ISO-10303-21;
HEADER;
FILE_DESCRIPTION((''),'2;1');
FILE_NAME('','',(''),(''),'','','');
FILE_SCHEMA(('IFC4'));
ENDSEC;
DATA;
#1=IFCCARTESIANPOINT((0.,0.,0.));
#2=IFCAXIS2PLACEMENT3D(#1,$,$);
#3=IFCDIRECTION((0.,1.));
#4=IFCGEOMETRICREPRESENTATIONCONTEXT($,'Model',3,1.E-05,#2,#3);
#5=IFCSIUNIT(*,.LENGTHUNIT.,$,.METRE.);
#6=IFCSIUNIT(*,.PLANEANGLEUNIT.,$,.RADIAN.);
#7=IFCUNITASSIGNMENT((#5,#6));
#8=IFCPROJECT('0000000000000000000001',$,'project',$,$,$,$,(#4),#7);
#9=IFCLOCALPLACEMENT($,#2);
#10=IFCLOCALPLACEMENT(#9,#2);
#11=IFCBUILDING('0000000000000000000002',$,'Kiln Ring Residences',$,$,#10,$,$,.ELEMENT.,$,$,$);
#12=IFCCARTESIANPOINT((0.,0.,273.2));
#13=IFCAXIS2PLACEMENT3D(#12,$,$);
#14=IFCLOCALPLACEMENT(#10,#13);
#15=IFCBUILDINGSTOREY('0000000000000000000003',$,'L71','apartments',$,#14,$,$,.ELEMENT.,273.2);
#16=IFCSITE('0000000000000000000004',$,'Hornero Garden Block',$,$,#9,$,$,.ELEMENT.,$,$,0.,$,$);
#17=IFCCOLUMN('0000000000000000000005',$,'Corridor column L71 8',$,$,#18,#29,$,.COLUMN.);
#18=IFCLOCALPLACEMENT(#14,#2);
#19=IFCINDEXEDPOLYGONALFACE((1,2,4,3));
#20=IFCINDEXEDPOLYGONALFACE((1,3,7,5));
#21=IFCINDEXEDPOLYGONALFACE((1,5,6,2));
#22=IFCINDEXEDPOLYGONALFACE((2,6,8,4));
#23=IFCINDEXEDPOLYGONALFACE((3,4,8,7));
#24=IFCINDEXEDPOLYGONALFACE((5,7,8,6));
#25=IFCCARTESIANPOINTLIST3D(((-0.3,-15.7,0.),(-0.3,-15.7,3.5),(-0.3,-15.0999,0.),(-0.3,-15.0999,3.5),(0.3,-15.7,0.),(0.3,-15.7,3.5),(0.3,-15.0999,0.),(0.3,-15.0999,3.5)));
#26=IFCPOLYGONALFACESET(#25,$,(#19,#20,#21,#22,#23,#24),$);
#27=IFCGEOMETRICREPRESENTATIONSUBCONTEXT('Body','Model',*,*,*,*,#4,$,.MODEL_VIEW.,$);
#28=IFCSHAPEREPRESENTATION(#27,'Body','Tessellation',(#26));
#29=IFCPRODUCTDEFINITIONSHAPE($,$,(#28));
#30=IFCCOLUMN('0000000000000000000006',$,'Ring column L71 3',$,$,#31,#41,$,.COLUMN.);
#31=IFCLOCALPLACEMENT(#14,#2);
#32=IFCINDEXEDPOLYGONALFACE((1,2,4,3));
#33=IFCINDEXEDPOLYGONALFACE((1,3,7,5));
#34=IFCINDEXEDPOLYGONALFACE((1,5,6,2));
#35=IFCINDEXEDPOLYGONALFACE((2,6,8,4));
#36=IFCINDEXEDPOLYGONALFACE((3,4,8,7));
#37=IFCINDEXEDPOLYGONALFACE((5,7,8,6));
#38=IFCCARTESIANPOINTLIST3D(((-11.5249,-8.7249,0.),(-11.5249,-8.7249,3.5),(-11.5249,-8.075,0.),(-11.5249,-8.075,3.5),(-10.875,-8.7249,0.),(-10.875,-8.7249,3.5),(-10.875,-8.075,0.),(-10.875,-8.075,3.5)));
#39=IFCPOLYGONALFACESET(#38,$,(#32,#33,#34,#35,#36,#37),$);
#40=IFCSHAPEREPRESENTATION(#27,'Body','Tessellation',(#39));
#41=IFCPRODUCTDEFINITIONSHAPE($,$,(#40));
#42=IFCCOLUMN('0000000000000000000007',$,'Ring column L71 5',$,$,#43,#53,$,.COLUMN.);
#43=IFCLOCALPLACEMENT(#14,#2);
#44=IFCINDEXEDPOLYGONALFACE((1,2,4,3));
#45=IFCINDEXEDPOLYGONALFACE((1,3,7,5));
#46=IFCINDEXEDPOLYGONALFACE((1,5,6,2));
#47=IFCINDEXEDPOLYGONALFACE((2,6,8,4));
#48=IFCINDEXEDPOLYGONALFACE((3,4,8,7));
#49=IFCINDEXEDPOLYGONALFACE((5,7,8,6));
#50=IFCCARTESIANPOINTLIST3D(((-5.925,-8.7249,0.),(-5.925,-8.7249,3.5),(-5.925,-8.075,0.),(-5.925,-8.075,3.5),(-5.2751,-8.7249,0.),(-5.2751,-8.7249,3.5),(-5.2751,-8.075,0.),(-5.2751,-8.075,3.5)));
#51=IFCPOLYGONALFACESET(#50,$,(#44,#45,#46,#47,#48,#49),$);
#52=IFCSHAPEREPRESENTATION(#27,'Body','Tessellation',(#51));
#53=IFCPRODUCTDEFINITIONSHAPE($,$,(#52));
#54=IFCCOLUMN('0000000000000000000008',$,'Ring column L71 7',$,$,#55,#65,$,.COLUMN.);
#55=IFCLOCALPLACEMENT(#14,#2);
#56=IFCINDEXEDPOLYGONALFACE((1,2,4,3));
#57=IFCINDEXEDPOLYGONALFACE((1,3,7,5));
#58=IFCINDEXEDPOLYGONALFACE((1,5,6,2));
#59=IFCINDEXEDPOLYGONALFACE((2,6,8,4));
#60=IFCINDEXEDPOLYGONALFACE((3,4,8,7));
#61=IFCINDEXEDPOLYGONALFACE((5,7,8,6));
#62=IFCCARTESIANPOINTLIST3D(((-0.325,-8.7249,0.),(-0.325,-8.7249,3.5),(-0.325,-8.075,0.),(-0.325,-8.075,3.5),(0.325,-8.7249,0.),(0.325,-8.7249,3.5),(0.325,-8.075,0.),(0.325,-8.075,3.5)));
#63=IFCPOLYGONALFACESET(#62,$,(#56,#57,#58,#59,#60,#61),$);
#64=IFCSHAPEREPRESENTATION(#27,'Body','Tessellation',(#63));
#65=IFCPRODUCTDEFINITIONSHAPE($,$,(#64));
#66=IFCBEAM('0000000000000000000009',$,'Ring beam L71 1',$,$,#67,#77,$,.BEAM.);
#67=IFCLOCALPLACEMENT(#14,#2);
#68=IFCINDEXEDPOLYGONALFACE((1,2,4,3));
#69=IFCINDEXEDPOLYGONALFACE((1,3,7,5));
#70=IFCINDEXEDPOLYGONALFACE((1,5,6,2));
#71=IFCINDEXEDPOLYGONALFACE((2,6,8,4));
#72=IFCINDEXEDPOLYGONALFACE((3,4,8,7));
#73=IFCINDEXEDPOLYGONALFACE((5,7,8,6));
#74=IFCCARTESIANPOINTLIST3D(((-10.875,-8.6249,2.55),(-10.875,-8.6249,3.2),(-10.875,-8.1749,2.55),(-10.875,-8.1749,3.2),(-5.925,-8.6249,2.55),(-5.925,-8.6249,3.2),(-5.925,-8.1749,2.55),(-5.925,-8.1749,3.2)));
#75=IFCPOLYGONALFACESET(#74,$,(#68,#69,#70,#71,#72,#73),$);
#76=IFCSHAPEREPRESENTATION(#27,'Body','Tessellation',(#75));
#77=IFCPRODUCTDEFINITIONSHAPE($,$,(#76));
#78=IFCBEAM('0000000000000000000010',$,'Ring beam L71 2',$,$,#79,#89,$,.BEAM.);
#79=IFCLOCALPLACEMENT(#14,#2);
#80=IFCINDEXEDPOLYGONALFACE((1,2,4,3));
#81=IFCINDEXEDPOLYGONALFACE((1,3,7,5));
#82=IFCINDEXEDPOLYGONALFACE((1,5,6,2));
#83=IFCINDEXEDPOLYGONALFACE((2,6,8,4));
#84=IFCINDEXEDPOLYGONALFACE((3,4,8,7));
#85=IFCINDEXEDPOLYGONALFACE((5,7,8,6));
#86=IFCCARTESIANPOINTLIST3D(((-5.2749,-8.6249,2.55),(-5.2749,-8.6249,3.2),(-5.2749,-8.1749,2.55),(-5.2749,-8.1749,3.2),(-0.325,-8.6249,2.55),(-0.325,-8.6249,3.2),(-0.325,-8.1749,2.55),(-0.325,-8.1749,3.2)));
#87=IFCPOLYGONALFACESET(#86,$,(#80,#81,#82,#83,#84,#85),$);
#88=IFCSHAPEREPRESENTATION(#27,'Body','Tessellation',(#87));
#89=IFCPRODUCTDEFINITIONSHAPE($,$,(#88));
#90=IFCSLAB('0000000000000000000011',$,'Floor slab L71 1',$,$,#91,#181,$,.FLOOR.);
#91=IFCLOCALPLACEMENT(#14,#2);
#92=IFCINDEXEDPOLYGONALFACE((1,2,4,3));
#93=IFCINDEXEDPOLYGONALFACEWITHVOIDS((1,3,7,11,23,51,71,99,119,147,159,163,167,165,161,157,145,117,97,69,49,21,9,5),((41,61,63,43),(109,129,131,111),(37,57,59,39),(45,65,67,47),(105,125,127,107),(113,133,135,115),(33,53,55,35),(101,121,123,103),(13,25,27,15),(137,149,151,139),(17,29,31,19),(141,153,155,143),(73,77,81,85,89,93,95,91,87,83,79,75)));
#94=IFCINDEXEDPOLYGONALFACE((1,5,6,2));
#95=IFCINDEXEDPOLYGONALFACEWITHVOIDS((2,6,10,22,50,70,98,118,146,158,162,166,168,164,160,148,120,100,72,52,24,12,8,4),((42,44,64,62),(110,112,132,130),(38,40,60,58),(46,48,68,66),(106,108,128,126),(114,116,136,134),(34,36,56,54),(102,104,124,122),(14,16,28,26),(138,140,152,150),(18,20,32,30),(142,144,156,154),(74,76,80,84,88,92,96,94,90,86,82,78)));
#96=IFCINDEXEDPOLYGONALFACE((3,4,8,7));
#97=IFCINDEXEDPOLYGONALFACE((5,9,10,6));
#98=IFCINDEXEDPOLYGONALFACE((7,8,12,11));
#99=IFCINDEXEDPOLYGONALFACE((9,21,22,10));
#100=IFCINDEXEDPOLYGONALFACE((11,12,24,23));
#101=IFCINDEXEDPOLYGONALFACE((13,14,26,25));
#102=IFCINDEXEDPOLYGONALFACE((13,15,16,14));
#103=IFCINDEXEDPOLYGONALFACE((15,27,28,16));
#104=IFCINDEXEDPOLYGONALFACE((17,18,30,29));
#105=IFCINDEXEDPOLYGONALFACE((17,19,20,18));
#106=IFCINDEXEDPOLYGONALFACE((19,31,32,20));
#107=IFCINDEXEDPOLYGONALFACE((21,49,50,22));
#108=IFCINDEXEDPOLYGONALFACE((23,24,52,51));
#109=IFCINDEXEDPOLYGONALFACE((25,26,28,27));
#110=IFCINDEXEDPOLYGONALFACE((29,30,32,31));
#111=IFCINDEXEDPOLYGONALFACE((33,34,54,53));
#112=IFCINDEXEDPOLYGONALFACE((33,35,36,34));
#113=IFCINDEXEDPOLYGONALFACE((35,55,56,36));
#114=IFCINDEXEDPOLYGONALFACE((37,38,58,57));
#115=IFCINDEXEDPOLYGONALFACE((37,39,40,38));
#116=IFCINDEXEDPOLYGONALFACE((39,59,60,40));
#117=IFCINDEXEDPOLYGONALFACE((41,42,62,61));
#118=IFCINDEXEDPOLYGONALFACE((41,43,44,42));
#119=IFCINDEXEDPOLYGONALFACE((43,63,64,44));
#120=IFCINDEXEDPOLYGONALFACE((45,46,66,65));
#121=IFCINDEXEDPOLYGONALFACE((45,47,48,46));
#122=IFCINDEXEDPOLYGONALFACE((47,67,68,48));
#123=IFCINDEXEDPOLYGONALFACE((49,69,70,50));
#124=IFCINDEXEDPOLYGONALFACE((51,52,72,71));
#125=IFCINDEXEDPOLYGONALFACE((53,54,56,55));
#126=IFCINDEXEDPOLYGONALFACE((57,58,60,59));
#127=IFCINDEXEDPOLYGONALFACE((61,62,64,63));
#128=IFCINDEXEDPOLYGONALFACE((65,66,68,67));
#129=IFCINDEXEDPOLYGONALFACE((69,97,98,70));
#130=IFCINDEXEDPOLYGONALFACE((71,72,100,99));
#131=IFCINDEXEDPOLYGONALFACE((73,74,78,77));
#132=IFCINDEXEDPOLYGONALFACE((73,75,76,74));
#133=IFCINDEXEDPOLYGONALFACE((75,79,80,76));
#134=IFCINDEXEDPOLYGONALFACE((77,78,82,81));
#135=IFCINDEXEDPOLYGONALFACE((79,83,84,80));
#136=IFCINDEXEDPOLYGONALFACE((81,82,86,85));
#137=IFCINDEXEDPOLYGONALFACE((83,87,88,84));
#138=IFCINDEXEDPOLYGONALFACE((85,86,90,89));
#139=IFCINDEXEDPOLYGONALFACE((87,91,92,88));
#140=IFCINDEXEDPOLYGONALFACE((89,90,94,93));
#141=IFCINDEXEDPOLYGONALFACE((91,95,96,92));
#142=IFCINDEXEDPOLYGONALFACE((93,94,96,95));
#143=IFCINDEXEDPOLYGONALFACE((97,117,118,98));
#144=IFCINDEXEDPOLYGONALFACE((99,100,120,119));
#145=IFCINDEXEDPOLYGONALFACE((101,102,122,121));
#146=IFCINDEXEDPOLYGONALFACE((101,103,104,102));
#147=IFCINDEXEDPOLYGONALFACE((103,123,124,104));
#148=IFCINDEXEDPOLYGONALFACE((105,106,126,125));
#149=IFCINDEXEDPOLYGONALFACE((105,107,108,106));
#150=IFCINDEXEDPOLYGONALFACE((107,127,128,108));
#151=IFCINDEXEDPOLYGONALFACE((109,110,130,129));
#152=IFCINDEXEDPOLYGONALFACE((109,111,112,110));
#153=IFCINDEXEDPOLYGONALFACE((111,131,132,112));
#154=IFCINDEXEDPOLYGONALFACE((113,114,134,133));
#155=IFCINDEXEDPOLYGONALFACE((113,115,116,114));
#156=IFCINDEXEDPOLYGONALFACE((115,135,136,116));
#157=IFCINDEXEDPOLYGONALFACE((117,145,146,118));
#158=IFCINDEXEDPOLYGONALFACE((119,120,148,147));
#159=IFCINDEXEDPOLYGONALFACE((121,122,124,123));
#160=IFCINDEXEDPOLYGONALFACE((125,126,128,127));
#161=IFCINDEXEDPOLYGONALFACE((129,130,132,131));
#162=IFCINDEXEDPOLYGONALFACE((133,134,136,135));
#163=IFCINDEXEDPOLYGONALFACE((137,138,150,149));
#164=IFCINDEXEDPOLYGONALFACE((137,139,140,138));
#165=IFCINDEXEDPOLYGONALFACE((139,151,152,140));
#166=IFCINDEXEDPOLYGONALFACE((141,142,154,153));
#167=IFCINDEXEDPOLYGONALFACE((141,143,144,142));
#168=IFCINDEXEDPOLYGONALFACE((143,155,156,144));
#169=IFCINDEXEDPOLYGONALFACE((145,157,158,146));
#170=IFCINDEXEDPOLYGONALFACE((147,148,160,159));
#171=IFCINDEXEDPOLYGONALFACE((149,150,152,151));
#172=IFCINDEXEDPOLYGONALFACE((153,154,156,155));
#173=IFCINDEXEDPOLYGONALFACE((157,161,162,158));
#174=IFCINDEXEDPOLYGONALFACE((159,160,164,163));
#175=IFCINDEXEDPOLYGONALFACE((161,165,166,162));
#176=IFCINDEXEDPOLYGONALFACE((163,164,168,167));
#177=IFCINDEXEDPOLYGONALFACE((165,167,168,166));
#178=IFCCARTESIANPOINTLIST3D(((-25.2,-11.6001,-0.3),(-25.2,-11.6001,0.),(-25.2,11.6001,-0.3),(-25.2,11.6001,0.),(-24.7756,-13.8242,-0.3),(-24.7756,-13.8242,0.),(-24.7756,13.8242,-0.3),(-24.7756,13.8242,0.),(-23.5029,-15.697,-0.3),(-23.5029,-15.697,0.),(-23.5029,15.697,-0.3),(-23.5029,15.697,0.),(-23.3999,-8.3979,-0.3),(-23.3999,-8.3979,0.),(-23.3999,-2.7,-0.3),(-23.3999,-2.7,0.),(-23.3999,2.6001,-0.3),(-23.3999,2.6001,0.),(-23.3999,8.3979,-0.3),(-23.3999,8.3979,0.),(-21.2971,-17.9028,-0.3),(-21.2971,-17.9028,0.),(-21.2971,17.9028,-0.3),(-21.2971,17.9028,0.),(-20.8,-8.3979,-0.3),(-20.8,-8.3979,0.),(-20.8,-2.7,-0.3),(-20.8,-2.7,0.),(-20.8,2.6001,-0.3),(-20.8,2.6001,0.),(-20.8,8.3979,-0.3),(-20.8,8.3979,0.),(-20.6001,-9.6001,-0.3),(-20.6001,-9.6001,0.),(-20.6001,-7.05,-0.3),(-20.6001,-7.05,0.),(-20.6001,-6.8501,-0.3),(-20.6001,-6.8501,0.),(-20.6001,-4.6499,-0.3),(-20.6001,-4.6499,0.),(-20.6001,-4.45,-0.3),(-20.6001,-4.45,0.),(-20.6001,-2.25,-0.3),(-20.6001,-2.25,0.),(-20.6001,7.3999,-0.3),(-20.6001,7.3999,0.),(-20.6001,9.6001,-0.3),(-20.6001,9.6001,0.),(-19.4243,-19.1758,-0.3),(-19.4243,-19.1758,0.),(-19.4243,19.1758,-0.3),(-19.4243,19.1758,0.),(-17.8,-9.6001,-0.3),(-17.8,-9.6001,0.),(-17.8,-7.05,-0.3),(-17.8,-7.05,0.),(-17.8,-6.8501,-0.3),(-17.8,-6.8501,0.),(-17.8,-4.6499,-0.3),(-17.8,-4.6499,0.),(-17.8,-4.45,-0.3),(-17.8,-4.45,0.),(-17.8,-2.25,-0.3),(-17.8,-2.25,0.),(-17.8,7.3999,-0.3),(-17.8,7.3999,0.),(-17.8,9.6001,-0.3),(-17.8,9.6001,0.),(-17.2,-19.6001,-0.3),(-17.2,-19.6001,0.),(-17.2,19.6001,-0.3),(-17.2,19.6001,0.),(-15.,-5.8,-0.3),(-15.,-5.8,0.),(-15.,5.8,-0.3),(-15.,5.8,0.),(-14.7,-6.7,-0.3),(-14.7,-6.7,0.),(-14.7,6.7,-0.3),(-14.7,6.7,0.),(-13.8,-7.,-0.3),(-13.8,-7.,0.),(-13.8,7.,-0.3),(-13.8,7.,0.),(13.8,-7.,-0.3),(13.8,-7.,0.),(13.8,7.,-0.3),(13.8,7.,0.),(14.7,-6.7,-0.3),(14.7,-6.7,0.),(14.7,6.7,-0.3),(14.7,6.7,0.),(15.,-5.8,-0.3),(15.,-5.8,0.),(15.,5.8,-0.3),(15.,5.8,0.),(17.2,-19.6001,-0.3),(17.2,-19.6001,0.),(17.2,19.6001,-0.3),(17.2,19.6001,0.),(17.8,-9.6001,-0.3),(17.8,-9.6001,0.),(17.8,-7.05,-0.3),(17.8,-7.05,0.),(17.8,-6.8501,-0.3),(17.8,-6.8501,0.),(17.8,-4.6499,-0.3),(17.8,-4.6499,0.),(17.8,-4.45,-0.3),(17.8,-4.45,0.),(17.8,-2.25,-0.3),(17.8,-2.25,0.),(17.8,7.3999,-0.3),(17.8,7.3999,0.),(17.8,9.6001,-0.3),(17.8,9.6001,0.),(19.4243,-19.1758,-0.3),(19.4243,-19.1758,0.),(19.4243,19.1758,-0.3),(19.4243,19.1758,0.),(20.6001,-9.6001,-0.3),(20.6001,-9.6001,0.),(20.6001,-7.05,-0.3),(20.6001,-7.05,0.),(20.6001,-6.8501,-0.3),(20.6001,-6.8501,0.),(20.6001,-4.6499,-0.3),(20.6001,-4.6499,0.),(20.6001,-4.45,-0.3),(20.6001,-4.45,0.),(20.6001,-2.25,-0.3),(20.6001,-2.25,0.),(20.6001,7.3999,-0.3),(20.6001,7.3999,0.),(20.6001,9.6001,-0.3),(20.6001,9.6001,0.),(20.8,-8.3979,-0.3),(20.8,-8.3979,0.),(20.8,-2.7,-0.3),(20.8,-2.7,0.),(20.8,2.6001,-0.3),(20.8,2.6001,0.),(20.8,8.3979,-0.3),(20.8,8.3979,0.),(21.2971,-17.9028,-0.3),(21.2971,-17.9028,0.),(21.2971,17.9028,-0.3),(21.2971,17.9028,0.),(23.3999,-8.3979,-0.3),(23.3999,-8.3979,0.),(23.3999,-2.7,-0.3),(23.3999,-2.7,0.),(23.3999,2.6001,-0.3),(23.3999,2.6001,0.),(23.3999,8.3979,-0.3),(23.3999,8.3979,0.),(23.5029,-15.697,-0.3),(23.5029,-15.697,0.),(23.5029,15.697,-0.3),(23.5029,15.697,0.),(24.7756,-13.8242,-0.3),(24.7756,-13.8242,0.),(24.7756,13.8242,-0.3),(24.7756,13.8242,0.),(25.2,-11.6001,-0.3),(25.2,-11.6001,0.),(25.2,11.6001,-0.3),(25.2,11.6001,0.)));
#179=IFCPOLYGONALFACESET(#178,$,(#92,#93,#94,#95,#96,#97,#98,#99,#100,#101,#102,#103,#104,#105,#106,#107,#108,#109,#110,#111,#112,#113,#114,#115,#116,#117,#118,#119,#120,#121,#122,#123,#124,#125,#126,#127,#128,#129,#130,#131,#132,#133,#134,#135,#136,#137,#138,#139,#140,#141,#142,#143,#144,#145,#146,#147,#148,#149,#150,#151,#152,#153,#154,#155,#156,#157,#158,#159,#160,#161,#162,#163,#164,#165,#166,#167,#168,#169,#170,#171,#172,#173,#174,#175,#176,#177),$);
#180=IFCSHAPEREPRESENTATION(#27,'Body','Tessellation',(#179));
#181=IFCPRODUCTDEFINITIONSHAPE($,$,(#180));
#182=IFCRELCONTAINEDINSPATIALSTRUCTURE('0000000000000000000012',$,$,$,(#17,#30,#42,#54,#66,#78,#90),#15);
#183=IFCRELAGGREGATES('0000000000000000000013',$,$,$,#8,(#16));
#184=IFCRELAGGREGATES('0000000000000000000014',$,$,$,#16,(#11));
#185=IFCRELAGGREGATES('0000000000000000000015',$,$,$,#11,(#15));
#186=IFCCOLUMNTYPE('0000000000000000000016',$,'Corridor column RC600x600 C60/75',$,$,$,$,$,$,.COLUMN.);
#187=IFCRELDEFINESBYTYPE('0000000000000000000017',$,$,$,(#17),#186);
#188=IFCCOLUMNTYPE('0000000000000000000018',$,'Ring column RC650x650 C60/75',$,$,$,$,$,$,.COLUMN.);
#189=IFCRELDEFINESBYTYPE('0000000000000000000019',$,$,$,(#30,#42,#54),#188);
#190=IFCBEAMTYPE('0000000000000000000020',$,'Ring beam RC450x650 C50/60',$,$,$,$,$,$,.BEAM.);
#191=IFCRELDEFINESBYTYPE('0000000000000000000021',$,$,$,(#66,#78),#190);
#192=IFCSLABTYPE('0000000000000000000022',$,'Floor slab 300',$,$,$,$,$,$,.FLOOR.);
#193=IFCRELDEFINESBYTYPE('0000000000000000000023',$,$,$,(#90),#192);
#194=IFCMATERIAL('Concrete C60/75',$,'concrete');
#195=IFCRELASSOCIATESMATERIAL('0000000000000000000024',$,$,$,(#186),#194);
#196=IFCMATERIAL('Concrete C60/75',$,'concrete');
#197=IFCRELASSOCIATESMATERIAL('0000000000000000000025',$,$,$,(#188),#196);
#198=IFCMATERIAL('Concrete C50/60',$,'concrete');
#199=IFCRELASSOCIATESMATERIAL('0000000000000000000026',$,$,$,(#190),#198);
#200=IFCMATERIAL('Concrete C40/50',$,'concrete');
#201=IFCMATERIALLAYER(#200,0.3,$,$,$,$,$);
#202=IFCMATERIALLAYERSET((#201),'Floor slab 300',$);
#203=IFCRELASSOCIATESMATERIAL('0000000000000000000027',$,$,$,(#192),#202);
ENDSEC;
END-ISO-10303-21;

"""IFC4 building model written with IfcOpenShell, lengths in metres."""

from ifc_helpers import new_model, si_unit, direction, frame, origin, origin_2d, place, context, subcontext, project, spatial, polyline, rectangle, outline, extrude, material, layer, layer_set, material_profile, profile_set, type_object, element, save


model = new_model("IFC4")

# Units and contexts
model_context = context("Model", 3, precision=1e-05, world=origin(), true_north=direction((0.0, 1.0)))
body_context = subcontext(model_context, "Body", "Model", "MODEL_VIEW")
ifc_project = project(units=[si_unit("LENGTHUNIT", "METRE"), si_unit("PLANEANGLEUNIT", "RADIAN")], contexts=[model_context])

# Site, building, storey
site_placement = place(None, origin())
site = spatial("IfcSite", under=ifc_project, at=site_placement, Name="Hornero Garden Block", CompositionType="ELEMENT", RefElevation=0.0)
building_placement = place(site_placement, origin())
building = spatial("IfcBuilding", under=site, at=building_placement, Name="Kiln Ring Residences", CompositionType="ELEMENT")
storey_placement = place(building_placement, frame((0.0, 0.0, 273.2)))
storey = spatial("IfcBuildingStorey", under=building, at=storey_placement, Name="L71", Description="apartments", CompositionType="ELEMENT", Elevation=273.2)

# Columns
ifc_material_1 = material(Name="Concrete C60/75", Category="concrete")
ifc_material_profile_1 = material_profile(ifc_material_1, rectangle(XDim=0.6001, YDim=0.6001, at=origin_2d()), Name="RC600x600")
ifc_profile_set_1 = profile_set([ifc_material_profile_1], Name="Concrete C60/75")
column_type_1 = type_object("IfcColumnType", Name="Corridor column RC600x600 C60/75", PredefinedType="COLUMN", material=ifc_profile_set_1)
column_placement = place(storey_placement, frame((0.0, -15.3999, 0.0), z_axis=(0.0, 0.0, 1.0), x_axis=(1.0, 0.0, 0.0)))
element("IfcColumn", 1, at=column_placement, inside=storey, type_object=column_type_1, Name="Corridor column L71 8", PredefinedType="COLUMN", context=body_context, shape_type="SweptSolid", body=[
    extrude(rectangle(XDim=0.6001, YDim=0.6001, at=origin_2d()), origin(), (0.0, 0.0, 1.0), 3.5),
])
ifc_material_2 = material(Name="Concrete C60/75", Category="concrete")
ifc_material_profile_2 = material_profile(ifc_material_2, rectangle(XDim=0.6499, YDim=0.6499, at=origin_2d()), Name="RC650x650")
ifc_profile_set_2 = profile_set([ifc_material_profile_2], Name="Concrete C60/75")
column_type_2 = type_object("IfcColumnType", Name="Ring column RC650x650 C60/75", PredefinedType="COLUMN", material=ifc_profile_set_2)
for number, where, z_axis, x_axis, name in (
    (2, (-11.2, -8.3999, 0.0), (0.0, 0.0, 1.0), (1.0, 0.0, 0.0), "Ring column L71 3"),
    (3, (-5.6001, -8.3999, 0.0), (0.0, 0.0, 1.0), (1.0, 0.0, 0.0), "Ring column L71 5"),
    (4, (0.0, -8.3999, 0.0), (0.0, 0.0, 1.0), (1.0, 0.0, 0.0), "Ring column L71 7"),
):
    element("IfcColumn", number, at=place(storey_placement, frame(where, z_axis=z_axis, x_axis=x_axis)), inside=storey, type_object=column_type_2, Name=name, PredefinedType="COLUMN", context=body_context, shape_type="SweptSolid", body=[
        extrude(rectangle(XDim=0.6499, YDim=0.6499, at=origin_2d()), origin(), (0.0, 0.0, 1.0), 3.5),
    ])

# Beams
ifc_material_3 = material(Name="Concrete C50/60", Category="concrete")
ifc_material_profile_3 = material_profile(ifc_material_3, rectangle(XDim=0.45, YDim=0.6499, at=origin_2d()), Name="RC450x650")
ifc_profile_set_3 = profile_set([ifc_material_profile_3], Name="Concrete C50/60")
beam_type = type_object("IfcBeamType", Name="Ring beam RC450x650 C50/60", PredefinedType="BEAM", material=ifc_profile_set_3)
for number, where, z_axis, x_axis, name in (
    (5, (-10.875, -8.3999, 2.875), (1.0, 0.0, 0.0), (0.0, 1.0, 0.0), "Ring beam L71 1"),
    (6, (-5.2749, -8.3999, 2.875), (1.0, 0.0, 0.0), (0.0, 1.0, 0.0), "Ring beam L71 2"),
):
    element("IfcBeam", number, at=place(storey_placement, frame(where, z_axis=z_axis, x_axis=x_axis)), inside=storey, type_object=beam_type, Name=name, PredefinedType="BEAM", context=body_context, shape_type="SweptSolid", body=[
        extrude(rectangle(XDim=0.45, YDim=0.6499, at=origin_2d()), origin(), (0.0, 0.0, 1.0), 4.95),
    ])

# Slab
ifc_material_4 = material(Name="Concrete C40/50", Category="concrete")
ifc_layer_1 = layer(ifc_material_4, 0.3)
ifc_layer_set_1 = layer_set([ifc_layer_1], Name="Floor slab 300")
slab_type = type_object("IfcSlabType", Name="Floor slab 300", PredefinedType="FLOOR", material=ifc_layer_set_1)
slab_placement = place(storey_placement, frame((0.0, 0.0, -0.3)))
element("IfcSlab", 7, at=slab_placement, inside=storey, type_object=slab_type, Name="Floor slab L71 1", PredefinedType="FLOOR", context=body_context, shape_type="SweptSolid", body=[
    extrude(outline(polyline([(-23.5029, -15.697), (-21.2971, -17.9028), (-19.4243, -19.1758), (-17.2, -19.6001), (17.2, -19.6001), (19.4243, -19.1758), (21.2971, -17.9028), (23.5029, -15.697), (24.7756, -13.8242), (25.2, -11.6001), (25.2, 11.6001), (24.7756, 13.8242), (23.5029, 15.697), (21.2971, 17.9028), (19.4243, 19.1758), (17.2, 19.6001), (-17.2, 19.6001), (-19.4243, 19.1758), (-21.2971, 17.9028), (-23.5029, 15.697), (-24.7756, 13.8242), (-25.2, 11.6001), (-25.2, -11.6001), (-24.7756, -13.8242), (-23.5029, -15.697)]), holes=[polyline([(-14.7, -6.7), (-15.0, -5.8), (-15.0, 5.8), (-14.7, 6.7), (-13.8, 7.0), (13.8, 7.0), (14.7, 6.7), (15.0, 5.8), (15.0, -5.8), (14.7, -6.7), (13.8, -7.0), (-13.8, -7.0), (-14.7, -6.7)]), polyline([(20.8, -8.3979), (20.8, -2.7), (23.3999, -2.7), (23.3999, -8.3979), (20.8, -8.3979)]), polyline([(20.8, 2.6001), (20.8, 8.3979), (23.3999, 8.3979), (23.3999, 2.6001), (20.8, 2.6001)]), polyline([(17.8, -6.8501), (17.8, -4.6499), (20.6001, -4.6499), (20.6001, -6.8501), (17.8, -6.8501)]), polyline([(17.8, 7.3999), (17.8, 9.6001), (20.6001, 9.6001), (20.6001, 7.3999), (17.8, 7.3999)]), polyline([(20.6001, -9.6001), (17.8, -9.6001), (17.8, -7.05), (20.6001, -7.05), (20.6001, -9.6001)]), polyline([(20.6001, -4.45), (17.8, -4.45), (17.8, -2.25), (20.6001, -2.25), (20.6001, -4.45)]), polyline([(-17.8, -7.05), (-17.8, -9.6001), (-20.6001, -9.6001), (-20.6001, -7.05), (-17.8, -7.05)]), polyline([(-17.8, -6.8501), (-20.6001, -6.8501), (-20.6001, -4.6499), (-17.8, -4.6499), (-17.8, -6.8501)]), polyline([(-17.8, -2.25), (-17.8, -4.45), (-20.6001, -4.45), (-20.6001, -2.25), (-17.8, -2.25)]), polyline([(-17.8, 7.3999), (-20.6001, 7.3999), (-20.6001, 9.6001), (-17.8, 9.6001), (-17.8, 7.3999)]), polyline([(-20.8, -8.3979), (-23.3999, -8.3979), (-23.3999, -2.7), (-20.8, -2.7), (-20.8, -8.3979)]), polyline([(-20.8, 2.6001), (-23.3999, 2.6001), (-23.3999, 8.3979), (-20.8, 8.3979), (-20.8, 2.6001)])]), origin(), (0.0, 0.0, 1.0), 0.3),
])

save(model, "model.ifc")
